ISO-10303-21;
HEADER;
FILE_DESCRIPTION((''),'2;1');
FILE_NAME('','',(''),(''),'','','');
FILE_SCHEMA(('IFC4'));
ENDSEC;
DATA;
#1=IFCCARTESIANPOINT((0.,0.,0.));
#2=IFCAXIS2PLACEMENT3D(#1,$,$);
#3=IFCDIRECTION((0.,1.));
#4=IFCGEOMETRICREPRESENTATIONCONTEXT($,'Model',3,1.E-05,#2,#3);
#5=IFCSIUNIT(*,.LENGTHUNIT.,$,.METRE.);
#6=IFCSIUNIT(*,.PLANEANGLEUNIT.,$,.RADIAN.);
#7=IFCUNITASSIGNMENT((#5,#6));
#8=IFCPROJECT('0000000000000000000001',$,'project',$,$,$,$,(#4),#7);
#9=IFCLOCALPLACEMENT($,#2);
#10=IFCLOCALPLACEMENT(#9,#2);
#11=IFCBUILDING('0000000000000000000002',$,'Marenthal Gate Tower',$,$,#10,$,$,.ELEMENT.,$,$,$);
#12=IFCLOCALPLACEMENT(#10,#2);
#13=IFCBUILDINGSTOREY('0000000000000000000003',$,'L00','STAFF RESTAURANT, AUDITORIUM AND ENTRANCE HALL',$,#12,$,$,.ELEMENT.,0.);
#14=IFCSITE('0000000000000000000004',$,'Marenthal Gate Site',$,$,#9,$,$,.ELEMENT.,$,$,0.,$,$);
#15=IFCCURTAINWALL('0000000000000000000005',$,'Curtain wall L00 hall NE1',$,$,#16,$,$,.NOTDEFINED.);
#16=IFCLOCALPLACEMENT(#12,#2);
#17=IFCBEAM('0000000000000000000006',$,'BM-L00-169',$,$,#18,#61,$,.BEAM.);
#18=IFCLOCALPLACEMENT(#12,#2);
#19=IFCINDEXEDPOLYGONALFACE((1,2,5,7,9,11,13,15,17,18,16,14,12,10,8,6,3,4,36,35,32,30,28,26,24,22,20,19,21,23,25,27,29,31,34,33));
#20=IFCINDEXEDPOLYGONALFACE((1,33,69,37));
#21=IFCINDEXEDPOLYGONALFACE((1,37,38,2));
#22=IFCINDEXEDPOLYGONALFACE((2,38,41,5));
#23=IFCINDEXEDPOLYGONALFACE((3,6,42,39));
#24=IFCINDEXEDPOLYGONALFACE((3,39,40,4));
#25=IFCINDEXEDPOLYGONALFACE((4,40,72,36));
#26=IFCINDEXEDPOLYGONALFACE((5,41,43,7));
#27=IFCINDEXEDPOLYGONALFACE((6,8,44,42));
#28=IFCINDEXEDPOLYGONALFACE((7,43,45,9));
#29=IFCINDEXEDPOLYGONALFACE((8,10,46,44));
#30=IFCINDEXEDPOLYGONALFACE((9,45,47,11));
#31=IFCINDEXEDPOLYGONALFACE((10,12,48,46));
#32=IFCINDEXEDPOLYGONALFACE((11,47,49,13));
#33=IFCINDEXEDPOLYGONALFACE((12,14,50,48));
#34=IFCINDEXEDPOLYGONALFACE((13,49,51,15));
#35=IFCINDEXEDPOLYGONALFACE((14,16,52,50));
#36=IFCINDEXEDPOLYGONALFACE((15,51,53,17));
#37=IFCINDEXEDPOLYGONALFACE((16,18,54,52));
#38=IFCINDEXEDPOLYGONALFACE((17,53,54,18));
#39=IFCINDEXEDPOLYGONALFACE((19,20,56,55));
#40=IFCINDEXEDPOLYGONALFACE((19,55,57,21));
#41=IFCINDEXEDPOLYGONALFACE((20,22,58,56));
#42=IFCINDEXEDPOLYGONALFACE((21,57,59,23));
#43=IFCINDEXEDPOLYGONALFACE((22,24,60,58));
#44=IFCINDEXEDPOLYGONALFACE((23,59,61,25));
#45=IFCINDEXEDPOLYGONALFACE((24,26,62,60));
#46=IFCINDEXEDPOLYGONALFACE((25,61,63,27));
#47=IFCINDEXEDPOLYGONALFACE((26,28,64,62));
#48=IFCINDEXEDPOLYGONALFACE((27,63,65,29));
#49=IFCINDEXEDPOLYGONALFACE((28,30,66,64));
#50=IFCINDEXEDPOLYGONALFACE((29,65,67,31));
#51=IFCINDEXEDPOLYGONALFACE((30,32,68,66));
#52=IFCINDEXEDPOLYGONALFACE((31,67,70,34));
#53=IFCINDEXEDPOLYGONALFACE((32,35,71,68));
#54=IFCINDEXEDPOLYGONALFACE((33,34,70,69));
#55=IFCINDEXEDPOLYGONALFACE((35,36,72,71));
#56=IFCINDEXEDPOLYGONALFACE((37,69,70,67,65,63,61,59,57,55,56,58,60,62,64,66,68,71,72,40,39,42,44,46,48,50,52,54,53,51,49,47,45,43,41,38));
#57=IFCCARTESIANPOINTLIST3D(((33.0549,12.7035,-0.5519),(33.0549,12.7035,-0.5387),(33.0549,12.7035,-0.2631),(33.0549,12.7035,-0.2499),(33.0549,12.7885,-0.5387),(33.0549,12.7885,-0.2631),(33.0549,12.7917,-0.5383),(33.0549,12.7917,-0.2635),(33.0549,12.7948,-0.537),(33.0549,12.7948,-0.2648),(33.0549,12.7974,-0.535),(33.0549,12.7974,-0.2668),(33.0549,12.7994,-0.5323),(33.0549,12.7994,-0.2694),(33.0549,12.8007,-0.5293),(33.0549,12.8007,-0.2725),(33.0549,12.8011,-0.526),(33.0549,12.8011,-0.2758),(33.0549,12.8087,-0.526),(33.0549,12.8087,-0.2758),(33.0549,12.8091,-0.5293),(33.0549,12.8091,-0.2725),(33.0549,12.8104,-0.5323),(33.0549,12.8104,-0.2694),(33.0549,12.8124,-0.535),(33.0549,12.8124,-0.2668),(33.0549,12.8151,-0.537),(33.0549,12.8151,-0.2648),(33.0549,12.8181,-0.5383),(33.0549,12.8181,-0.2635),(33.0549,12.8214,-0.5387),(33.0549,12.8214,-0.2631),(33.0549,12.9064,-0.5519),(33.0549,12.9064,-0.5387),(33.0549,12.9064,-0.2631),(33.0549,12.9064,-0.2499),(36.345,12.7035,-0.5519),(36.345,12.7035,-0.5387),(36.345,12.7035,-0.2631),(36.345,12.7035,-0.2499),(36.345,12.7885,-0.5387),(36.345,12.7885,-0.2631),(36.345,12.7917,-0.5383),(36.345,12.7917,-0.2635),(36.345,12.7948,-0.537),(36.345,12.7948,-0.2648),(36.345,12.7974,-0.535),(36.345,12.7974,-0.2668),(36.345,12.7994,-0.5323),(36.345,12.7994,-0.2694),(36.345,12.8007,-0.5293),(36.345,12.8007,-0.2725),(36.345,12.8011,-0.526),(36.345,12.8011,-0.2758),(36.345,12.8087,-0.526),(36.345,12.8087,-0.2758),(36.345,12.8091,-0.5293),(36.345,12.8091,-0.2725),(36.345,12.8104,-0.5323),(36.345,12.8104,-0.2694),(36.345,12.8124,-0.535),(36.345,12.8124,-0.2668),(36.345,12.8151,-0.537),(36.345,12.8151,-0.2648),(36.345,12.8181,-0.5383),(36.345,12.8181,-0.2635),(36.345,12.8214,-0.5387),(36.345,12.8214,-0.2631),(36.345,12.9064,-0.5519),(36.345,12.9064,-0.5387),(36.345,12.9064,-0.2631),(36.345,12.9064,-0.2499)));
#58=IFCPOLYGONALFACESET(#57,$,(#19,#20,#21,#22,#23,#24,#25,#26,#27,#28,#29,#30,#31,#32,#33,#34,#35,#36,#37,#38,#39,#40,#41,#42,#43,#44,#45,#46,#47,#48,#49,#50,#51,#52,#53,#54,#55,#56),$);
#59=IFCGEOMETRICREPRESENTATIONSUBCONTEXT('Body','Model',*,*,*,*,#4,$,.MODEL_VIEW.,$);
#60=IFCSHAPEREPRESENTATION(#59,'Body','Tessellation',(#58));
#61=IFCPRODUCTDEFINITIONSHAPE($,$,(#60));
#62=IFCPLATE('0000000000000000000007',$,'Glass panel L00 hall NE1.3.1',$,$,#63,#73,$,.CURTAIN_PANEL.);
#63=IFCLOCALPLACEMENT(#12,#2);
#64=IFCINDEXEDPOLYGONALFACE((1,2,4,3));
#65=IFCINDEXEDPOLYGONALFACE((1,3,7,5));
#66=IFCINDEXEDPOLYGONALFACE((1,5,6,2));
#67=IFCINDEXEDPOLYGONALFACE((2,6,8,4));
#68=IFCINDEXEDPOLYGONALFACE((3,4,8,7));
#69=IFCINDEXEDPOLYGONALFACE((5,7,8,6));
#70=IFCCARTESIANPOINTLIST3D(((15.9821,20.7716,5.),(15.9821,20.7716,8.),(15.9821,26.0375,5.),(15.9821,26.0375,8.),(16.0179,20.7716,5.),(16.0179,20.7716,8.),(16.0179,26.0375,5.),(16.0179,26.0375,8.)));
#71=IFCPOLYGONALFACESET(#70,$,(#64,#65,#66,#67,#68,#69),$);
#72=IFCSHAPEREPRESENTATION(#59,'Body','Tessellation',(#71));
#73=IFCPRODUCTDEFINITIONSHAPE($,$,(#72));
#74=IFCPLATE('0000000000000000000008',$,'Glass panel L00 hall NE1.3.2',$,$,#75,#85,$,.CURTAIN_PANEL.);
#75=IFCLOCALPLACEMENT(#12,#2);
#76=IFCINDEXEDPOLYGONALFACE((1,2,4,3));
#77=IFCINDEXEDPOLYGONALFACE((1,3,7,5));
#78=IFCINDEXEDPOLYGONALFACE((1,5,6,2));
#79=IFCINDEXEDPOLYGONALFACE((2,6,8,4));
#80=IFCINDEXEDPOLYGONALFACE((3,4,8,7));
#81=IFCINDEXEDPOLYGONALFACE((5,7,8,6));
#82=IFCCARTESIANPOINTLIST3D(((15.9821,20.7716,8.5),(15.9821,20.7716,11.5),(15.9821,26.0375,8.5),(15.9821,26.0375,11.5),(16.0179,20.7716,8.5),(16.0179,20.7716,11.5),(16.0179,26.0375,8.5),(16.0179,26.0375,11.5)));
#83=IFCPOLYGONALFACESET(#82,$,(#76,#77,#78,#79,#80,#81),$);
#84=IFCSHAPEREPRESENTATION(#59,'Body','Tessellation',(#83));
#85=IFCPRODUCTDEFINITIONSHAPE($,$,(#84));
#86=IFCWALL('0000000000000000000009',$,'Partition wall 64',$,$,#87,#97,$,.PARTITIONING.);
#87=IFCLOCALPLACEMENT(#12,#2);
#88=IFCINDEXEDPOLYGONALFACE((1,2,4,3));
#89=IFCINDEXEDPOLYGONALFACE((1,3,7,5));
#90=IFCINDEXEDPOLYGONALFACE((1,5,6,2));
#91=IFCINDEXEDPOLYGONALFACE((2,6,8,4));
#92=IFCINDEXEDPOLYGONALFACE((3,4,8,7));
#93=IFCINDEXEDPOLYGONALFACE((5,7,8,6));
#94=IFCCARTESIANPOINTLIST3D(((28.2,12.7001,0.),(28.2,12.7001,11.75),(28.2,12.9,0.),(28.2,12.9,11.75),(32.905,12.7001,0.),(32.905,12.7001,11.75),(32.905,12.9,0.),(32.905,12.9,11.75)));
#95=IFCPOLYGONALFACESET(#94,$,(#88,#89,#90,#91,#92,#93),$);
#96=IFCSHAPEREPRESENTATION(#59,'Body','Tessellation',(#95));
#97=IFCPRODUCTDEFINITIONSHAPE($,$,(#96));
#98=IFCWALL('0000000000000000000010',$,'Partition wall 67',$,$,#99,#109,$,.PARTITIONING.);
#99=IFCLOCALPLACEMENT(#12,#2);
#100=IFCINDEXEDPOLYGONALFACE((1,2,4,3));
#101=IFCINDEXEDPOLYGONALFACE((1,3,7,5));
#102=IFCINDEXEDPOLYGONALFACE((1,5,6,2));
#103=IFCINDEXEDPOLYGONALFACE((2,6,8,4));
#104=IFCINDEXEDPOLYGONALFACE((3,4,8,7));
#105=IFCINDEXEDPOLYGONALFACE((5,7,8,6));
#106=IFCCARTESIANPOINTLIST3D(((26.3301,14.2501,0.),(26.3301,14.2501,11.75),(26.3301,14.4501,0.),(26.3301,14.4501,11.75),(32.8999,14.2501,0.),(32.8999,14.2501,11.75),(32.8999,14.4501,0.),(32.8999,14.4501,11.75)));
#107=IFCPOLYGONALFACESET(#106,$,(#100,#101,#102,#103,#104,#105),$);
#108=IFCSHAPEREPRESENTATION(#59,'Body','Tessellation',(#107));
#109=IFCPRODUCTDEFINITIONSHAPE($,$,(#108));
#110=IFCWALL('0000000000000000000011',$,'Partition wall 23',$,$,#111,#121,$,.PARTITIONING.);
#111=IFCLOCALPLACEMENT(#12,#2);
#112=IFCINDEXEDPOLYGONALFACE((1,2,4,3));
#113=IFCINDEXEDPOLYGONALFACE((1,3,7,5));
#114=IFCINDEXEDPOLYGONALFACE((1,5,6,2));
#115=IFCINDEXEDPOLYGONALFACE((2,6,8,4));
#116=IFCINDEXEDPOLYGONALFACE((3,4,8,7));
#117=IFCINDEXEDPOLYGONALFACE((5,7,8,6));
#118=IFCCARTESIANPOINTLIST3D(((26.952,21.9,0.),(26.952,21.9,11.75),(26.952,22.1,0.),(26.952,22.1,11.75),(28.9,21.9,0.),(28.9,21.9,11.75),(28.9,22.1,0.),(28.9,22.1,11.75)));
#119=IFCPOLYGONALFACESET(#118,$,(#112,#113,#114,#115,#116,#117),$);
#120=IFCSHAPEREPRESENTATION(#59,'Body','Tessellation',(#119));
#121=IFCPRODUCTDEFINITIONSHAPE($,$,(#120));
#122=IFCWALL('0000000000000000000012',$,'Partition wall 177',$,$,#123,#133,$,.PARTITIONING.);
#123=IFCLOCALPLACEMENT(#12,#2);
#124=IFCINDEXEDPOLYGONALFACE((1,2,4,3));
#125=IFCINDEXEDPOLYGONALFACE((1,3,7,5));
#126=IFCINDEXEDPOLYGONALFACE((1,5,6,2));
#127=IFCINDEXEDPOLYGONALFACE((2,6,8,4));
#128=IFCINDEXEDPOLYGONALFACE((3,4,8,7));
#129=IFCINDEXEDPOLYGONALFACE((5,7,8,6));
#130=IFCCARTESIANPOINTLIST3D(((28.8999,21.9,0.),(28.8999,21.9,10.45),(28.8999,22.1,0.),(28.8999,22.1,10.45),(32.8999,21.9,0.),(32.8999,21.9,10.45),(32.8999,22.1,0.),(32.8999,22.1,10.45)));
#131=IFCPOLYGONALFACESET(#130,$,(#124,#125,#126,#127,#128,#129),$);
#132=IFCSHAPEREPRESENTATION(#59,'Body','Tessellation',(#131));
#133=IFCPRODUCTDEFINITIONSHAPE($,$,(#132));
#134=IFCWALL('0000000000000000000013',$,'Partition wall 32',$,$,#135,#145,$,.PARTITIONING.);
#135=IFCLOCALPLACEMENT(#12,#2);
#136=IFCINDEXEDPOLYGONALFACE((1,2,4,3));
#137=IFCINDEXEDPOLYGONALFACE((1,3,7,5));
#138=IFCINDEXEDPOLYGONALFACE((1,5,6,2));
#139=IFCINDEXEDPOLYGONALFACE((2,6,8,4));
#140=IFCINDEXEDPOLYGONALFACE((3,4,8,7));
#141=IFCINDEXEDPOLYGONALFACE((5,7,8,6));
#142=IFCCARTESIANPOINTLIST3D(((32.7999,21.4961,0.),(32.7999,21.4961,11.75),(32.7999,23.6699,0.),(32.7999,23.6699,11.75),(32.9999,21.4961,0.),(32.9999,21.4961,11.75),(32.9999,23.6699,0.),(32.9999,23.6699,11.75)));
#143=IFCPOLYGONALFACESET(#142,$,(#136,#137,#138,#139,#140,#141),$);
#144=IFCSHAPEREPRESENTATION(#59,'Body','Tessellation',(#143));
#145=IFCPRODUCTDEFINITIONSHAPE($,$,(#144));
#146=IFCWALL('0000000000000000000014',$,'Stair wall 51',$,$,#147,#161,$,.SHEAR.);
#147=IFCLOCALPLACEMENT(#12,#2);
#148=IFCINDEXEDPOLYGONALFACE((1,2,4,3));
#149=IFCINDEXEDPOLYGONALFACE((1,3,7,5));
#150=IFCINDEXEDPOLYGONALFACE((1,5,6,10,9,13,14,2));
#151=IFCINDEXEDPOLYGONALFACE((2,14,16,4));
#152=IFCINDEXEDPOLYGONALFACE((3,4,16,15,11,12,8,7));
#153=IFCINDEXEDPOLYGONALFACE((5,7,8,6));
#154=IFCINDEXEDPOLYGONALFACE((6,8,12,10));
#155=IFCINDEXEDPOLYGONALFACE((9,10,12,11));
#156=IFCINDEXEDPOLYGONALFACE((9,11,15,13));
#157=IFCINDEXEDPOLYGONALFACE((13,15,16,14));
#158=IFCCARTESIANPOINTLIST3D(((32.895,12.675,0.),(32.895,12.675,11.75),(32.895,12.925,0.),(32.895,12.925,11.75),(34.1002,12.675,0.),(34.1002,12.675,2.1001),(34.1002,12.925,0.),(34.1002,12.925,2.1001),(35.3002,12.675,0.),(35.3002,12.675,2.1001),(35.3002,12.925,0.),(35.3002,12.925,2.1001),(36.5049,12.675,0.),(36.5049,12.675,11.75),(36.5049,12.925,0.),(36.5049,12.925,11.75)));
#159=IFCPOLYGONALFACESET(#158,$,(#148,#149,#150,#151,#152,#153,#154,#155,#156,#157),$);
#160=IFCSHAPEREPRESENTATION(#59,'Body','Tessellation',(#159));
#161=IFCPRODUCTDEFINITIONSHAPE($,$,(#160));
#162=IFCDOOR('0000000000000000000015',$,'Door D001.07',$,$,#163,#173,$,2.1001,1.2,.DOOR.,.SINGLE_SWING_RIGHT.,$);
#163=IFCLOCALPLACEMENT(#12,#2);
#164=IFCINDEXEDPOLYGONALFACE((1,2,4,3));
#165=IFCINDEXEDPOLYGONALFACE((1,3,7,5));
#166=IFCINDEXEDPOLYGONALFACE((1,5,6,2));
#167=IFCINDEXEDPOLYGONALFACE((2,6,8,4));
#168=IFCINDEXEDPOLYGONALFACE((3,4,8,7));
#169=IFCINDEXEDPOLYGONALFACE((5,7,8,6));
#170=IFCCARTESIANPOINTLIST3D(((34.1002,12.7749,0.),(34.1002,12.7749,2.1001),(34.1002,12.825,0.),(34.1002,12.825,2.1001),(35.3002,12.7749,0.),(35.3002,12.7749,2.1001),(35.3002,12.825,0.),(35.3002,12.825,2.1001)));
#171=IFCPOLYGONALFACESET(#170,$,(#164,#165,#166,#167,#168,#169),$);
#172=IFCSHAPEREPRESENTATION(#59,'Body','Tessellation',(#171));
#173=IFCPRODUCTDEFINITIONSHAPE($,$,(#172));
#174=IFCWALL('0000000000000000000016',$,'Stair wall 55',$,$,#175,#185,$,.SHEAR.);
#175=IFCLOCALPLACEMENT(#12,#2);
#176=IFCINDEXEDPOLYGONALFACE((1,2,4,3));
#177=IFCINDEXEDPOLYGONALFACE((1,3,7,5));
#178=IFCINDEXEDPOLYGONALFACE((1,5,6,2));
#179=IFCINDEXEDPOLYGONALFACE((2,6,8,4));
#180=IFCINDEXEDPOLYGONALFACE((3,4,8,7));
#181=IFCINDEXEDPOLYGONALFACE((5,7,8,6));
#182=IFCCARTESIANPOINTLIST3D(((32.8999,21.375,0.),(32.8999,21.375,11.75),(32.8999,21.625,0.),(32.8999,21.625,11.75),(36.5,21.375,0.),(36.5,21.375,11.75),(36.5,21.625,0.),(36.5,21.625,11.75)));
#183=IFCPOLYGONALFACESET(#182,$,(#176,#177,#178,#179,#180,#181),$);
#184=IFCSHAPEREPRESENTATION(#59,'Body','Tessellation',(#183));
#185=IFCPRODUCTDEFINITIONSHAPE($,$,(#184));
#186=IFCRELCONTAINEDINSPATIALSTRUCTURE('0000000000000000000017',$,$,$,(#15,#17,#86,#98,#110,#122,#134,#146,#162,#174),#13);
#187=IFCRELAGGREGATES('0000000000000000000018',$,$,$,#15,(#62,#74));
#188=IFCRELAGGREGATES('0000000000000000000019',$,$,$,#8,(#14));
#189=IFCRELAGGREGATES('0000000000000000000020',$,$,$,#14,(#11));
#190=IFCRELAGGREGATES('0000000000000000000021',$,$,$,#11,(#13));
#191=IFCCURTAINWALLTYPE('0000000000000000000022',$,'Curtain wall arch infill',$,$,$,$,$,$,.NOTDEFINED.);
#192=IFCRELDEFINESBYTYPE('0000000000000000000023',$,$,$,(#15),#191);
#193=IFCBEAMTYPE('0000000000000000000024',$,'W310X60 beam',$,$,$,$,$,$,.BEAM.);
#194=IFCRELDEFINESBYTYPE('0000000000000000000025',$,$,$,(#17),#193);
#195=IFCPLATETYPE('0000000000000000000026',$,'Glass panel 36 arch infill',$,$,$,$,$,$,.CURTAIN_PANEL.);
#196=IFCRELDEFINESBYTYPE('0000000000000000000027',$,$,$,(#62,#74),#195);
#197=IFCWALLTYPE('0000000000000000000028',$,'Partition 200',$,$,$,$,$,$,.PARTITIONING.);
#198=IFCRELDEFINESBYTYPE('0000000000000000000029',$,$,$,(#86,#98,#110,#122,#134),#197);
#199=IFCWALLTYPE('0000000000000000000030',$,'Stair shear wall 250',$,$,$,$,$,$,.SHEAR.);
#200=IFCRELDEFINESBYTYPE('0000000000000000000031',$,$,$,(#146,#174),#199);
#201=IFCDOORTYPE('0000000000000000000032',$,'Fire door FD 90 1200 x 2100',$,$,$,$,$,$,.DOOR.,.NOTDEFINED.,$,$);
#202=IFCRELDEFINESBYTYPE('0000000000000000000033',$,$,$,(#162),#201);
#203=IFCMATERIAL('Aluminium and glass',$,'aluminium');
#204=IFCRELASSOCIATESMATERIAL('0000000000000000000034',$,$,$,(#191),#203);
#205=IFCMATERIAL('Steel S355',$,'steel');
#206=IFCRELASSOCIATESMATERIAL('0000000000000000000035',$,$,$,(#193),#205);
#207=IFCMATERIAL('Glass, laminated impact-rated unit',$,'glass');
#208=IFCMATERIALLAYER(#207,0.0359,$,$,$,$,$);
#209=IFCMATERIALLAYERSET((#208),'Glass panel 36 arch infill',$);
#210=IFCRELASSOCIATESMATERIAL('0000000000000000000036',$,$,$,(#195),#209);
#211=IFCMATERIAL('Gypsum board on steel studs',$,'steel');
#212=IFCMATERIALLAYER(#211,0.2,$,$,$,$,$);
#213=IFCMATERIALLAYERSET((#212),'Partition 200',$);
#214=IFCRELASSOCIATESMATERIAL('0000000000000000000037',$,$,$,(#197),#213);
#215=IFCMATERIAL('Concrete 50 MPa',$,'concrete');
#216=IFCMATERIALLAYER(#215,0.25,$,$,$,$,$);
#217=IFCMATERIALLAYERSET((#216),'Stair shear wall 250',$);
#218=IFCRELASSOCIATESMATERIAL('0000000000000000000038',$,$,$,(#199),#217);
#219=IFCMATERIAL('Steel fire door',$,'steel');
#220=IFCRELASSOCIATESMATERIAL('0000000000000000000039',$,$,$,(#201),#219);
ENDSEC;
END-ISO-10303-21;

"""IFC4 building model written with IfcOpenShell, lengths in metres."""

from ifc_helpers import new_model, si_unit, direction, frame, frame_2d, origin, origin_2d, place, context, subcontext, project, spatial, rectangle, i_section, extrude, material, layer, layer_set, material_profile, profile_set, type_object, element, fill, aggregate, save


model = new_model("IFC4")

# Units and contexts
model_context = context("Model", 3, precision=1e-05, world=origin(), true_north=direction((0.0, 1.0)))
body_context = subcontext(model_context, "Body", "Model", "MODEL_VIEW")
ifc_project = project(units=[si_unit("LENGTHUNIT", "METRE"), si_unit("PLANEANGLEUNIT", "RADIAN")], contexts=[model_context])

# Site, building, storey
site_placement = place(None, origin())
site = spatial("IfcSite", under=ifc_project, at=site_placement, Name="Marenthal Gate Site", CompositionType="ELEMENT", RefElevation=0.0)
building_placement = place(site_placement, origin())
building = spatial("IfcBuilding", under=site, at=building_placement, Name="Marenthal Gate Tower", CompositionType="ELEMENT")
storey_placement = place(building_placement, origin())
storey = spatial("IfcBuildingStorey", under=building, at=storey_placement, Name="L00", Description="STAFF RESTAURANT, AUDITORIUM AND ENTRANCE HALL", CompositionType="ELEMENT", Elevation=0.0)

# Curtain wall
ifc_material_1 = material(Name="Aluminium and glass", Category="aluminium")
curtain_wall_type = type_object("IfcCurtainWallType", Name="Curtain wall arch infill", PredefinedType="NOTDEFINED", material=ifc_material_1)
curtain_wall_placement = place(storey_placement, origin())
curtain_wall = element("IfcCurtainWall", 1, at=curtain_wall_placement, inside=storey, type_object=curtain_wall_type, Name="Curtain wall L00 hall NE1", PredefinedType="NOTDEFINED")

# Beam
ifc_material_2 = material(Name="Steel S355", Category="steel")
ifc_material_profile_1 = material_profile(ifc_material_2, i_section(OverallWidth=0.2029, OverallDepth=0.302, WebThickness=0.0076, FlangeThickness=0.0132, FilletRadius=0.0127, at=origin_2d()), Name="W310X60")
ifc_profile_set_1 = profile_set([ifc_material_profile_1], Name="Steel S355")
beam_type_1 = type_object("IfcBeamType", Name="W310X60 beam", PredefinedType="BEAM", material=ifc_profile_set_1)
beam_1_placement = place(storey_placement, frame((33.0549, 12.8049, -0.4009), z_axis=(1.0, 0.0, 0.0), x_axis=(0.0, 1.0, 0.0)))
element("IfcBeam", 2, at=beam_1_placement, inside=storey, type_object=beam_type_1, Name="BM-L00-169", PredefinedType="BEAM", context=body_context, shape_type="SweptSolid", body=[
    extrude(i_section(OverallWidth=0.2029, OverallDepth=0.302, WebThickness=0.0076, FlangeThickness=0.0132, FilletRadius=0.0127, at=origin_2d()), origin(), (0.0, 0.0, 1.0), 3.29),
])

# Plates
ifc_material_3 = material(Name="Glass, laminated impact-rated unit", Category="glass")
ifc_layer_1 = layer(ifc_material_3, 0.0359)
ifc_layer_set_1 = layer_set([ifc_layer_1], Name="Glass panel 36 arch infill")
plate_type = type_object("IfcPlateType", Name="Glass panel 36 arch infill", PredefinedType="CURTAIN_PANEL", material=ifc_layer_set_1)
plate_1_placement = place(storey_placement, frame((16.0, 23.4045, 5.0), z_axis=(0.0, 0.0, 1.0), x_axis=(0.0, 1.0, 0.0)))
plate_1 = element("IfcPlate", 3, at=plate_1_placement, type_object=plate_type, Name="Glass panel L00 hall NE1.3.1", PredefinedType="CURTAIN_PANEL", context=body_context, shape_type="SweptSolid", body=[
    extrude(rectangle(XDim=5.2659, YDim=0.0359, at=origin_2d()), origin(), (0.0, 0.0, 1.0), 3.0),
])
plate_2_placement = place(storey_placement, frame((16.0, 23.4045, 8.5), z_axis=(0.0, 0.0, 1.0), x_axis=(0.0, 1.0, 0.0)))
plate_2 = element("IfcPlate", 4, at=plate_2_placement, type_object=plate_type, Name="Glass panel L00 hall NE1.3.2", PredefinedType="CURTAIN_PANEL", context=body_context, shape_type="SweptSolid", body=[
    extrude(rectangle(XDim=5.2659, YDim=0.0359, at=origin_2d()), origin(), (0.0, 0.0, 1.0), 3.0),
])
aggregate(curtain_wall, [plate_1, plate_2])

# Walls
ifc_material_4 = material(Name="Gypsum board on steel studs", Category="steel")
ifc_layer_2 = layer(ifc_material_4, 0.2)
ifc_layer_set_2 = layer_set([ifc_layer_2], Name="Partition 200")
wall_type_1 = type_object("IfcWallType", Name="Partition 200", PredefinedType="PARTITIONING", material=ifc_layer_set_2)
wall_1_placement = place(storey_placement, frame((28.2, 12.8, 0.0), z_axis=(0.0, 0.0, 1.0), x_axis=(1.0, 0.0, 0.0)))
element("IfcWall", 5, at=wall_1_placement, inside=storey, type_object=wall_type_1, Name="Partition wall 64", PredefinedType="PARTITIONING", context=body_context, shape_type="SweptSolid", body=[
    extrude(rectangle(XDim=4.7051, YDim=0.2, at=frame_2d((2.3525, 0.0))), origin(), (0.0, 0.0, 1.0), 11.75),
])
wall_2_placement = place(storey_placement, frame((26.3301, 14.3501, 0.0), z_axis=(0.0, 0.0, 1.0), x_axis=(1.0, 0.0, 0.0)))
element("IfcWall", 6, at=wall_2_placement, inside=storey, type_object=wall_type_1, Name="Partition wall 67", PredefinedType="PARTITIONING", context=body_context, shape_type="SweptSolid", body=[
    extrude(rectangle(XDim=6.5698, YDim=0.2, at=frame_2d((3.2849, 0.0))), origin(), (0.0, 0.0, 1.0), 11.75),
])
wall_3_placement = place(storey_placement, frame((26.9519, 22.0, 0.0), z_axis=(0.0, 0.0, 1.0), x_axis=(1.0, 0.0, 0.0)))
element("IfcWall", 7, at=wall_3_placement, inside=storey, type_object=wall_type_1, Name="Partition wall 23", PredefinedType="PARTITIONING", context=body_context, shape_type="SweptSolid", body=[
    extrude(rectangle(XDim=1.948, YDim=0.2, at=frame_2d((0.9741, 0.0))), origin(), (0.0, 0.0, 1.0), 11.75),
])
wall_4_placement = place(storey_placement, frame((28.8999, 22.0, 0.0), z_axis=(0.0, 0.0, 1.0), x_axis=(1.0, 0.0, 0.0)))
element("IfcWall", 8, at=wall_4_placement, inside=storey, type_object=wall_type_1, Name="Partition wall 177", PredefinedType="PARTITIONING", context=body_context, shape_type="SweptSolid", body=[
    extrude(rectangle(XDim=4.0, YDim=0.2, at=frame_2d((2.0, 0.0))), origin(), (0.0, 0.0, 1.0), 10.45),
])
wall_5_placement = place(storey_placement, frame((32.8999, 21.4961, 0.0), z_axis=(0.0, 0.0, 1.0), x_axis=(0.0, 1.0, 0.0)))
element("IfcWall", 9, at=wall_5_placement, inside=storey, type_object=wall_type_1, Name="Partition wall 32", PredefinedType="PARTITIONING", context=body_context, shape_type="SweptSolid", body=[
    extrude(rectangle(XDim=2.1738, YDim=0.2, at=frame_2d((1.0869, 0.0))), origin(), (0.0, 0.0, 1.0), 11.75),
])

# Wall, opening, door
ifc_material_5 = material(Name="Concrete 50 MPa", Category="concrete")
ifc_layer_3 = layer(ifc_material_5, 0.25)
ifc_layer_set_3 = layer_set([ifc_layer_3], Name="Stair shear wall 250")
wall_type_2 = type_object("IfcWallType", Name="Stair shear wall 250", PredefinedType="SHEAR", material=ifc_layer_set_3)
wall_6_placement = place(storey_placement, frame((32.895, 12.8, 0.0), z_axis=(0.0, 0.0, 1.0), x_axis=(1.0, 0.0, 0.0)))
wall_6 = element("IfcWall", 10, at=wall_6_placement, inside=storey, type_object=wall_type_2, Name="Stair wall 51", PredefinedType="SHEAR", context=body_context, shape_type="SweptSolid", body=[
    extrude(rectangle(XDim=3.6099, YDim=0.25, at=frame_2d((1.8049, 0.0))), origin(), (0.0, 0.0, 1.0), 11.75),
])
opening_1_placement = place(wall_6_placement, frame((1.2051, 0.0, 0.0)))
opening_1 = element("IfcOpeningElement", 11, at=opening_1_placement, cuts=wall_6, PredefinedType="OPENING", context=body_context, shape_type="SweptSolid", body=[
    extrude(rectangle(XDim=1.2, YDim=2.1001, at=frame_2d((0.6001, 1.05))), frame((0.0, 0.135, 0.0), z_axis=(0.0, -1.0, 0.0), x_axis=(1.0, 0.0, 0.0)), (0.0, 0.0, 1.0), 0.27),
])
ifc_material_6 = material(Name="Steel fire door", Category="steel")
door_type_1 = type_object("IfcDoorType", Name="Fire door FD 90 1200 x 2100", OperationType="NOTDEFINED", PredefinedType="DOOR", material=ifc_material_6)
door_1_placement = place(opening_1_placement, origin())
door_1 = element("IfcDoor", 12, at=door_1_placement, inside=storey, type_object=door_type_1, Name="Door D001.07", OperationType="SINGLE_SWING_RIGHT", OverallHeight=2.1001, OverallWidth=1.2, PredefinedType="DOOR", context=body_context, shape_type="SweptSolid", body=[
    extrude(rectangle(XDim=1.2, YDim=2.1001, at=frame_2d((0.6001, 1.05))), frame((0.0, 0.0249, 0.0), z_axis=(0.0, -1.0, 0.0), x_axis=(1.0, 0.0, 0.0)), (0.0, 0.0, 1.0), 0.05),
])
fill(opening_1, door_1)

# Wall
wall_7_placement = place(storey_placement, frame((32.8999, 21.5, 0.0), z_axis=(0.0, 0.0, 1.0), x_axis=(1.0, 0.0, 0.0)))
element("IfcWall", 13, at=wall_7_placement, inside=storey, type_object=wall_type_2, Name="Stair wall 55", PredefinedType="SHEAR", context=body_context, shape_type="SweptSolid", body=[
    extrude(rectangle(XDim=3.6001, YDim=0.25, at=frame_2d((1.8, 0.0))), origin(), (0.0, 0.0, 1.0), 11.75),
])

save(model, "model.ifc")
